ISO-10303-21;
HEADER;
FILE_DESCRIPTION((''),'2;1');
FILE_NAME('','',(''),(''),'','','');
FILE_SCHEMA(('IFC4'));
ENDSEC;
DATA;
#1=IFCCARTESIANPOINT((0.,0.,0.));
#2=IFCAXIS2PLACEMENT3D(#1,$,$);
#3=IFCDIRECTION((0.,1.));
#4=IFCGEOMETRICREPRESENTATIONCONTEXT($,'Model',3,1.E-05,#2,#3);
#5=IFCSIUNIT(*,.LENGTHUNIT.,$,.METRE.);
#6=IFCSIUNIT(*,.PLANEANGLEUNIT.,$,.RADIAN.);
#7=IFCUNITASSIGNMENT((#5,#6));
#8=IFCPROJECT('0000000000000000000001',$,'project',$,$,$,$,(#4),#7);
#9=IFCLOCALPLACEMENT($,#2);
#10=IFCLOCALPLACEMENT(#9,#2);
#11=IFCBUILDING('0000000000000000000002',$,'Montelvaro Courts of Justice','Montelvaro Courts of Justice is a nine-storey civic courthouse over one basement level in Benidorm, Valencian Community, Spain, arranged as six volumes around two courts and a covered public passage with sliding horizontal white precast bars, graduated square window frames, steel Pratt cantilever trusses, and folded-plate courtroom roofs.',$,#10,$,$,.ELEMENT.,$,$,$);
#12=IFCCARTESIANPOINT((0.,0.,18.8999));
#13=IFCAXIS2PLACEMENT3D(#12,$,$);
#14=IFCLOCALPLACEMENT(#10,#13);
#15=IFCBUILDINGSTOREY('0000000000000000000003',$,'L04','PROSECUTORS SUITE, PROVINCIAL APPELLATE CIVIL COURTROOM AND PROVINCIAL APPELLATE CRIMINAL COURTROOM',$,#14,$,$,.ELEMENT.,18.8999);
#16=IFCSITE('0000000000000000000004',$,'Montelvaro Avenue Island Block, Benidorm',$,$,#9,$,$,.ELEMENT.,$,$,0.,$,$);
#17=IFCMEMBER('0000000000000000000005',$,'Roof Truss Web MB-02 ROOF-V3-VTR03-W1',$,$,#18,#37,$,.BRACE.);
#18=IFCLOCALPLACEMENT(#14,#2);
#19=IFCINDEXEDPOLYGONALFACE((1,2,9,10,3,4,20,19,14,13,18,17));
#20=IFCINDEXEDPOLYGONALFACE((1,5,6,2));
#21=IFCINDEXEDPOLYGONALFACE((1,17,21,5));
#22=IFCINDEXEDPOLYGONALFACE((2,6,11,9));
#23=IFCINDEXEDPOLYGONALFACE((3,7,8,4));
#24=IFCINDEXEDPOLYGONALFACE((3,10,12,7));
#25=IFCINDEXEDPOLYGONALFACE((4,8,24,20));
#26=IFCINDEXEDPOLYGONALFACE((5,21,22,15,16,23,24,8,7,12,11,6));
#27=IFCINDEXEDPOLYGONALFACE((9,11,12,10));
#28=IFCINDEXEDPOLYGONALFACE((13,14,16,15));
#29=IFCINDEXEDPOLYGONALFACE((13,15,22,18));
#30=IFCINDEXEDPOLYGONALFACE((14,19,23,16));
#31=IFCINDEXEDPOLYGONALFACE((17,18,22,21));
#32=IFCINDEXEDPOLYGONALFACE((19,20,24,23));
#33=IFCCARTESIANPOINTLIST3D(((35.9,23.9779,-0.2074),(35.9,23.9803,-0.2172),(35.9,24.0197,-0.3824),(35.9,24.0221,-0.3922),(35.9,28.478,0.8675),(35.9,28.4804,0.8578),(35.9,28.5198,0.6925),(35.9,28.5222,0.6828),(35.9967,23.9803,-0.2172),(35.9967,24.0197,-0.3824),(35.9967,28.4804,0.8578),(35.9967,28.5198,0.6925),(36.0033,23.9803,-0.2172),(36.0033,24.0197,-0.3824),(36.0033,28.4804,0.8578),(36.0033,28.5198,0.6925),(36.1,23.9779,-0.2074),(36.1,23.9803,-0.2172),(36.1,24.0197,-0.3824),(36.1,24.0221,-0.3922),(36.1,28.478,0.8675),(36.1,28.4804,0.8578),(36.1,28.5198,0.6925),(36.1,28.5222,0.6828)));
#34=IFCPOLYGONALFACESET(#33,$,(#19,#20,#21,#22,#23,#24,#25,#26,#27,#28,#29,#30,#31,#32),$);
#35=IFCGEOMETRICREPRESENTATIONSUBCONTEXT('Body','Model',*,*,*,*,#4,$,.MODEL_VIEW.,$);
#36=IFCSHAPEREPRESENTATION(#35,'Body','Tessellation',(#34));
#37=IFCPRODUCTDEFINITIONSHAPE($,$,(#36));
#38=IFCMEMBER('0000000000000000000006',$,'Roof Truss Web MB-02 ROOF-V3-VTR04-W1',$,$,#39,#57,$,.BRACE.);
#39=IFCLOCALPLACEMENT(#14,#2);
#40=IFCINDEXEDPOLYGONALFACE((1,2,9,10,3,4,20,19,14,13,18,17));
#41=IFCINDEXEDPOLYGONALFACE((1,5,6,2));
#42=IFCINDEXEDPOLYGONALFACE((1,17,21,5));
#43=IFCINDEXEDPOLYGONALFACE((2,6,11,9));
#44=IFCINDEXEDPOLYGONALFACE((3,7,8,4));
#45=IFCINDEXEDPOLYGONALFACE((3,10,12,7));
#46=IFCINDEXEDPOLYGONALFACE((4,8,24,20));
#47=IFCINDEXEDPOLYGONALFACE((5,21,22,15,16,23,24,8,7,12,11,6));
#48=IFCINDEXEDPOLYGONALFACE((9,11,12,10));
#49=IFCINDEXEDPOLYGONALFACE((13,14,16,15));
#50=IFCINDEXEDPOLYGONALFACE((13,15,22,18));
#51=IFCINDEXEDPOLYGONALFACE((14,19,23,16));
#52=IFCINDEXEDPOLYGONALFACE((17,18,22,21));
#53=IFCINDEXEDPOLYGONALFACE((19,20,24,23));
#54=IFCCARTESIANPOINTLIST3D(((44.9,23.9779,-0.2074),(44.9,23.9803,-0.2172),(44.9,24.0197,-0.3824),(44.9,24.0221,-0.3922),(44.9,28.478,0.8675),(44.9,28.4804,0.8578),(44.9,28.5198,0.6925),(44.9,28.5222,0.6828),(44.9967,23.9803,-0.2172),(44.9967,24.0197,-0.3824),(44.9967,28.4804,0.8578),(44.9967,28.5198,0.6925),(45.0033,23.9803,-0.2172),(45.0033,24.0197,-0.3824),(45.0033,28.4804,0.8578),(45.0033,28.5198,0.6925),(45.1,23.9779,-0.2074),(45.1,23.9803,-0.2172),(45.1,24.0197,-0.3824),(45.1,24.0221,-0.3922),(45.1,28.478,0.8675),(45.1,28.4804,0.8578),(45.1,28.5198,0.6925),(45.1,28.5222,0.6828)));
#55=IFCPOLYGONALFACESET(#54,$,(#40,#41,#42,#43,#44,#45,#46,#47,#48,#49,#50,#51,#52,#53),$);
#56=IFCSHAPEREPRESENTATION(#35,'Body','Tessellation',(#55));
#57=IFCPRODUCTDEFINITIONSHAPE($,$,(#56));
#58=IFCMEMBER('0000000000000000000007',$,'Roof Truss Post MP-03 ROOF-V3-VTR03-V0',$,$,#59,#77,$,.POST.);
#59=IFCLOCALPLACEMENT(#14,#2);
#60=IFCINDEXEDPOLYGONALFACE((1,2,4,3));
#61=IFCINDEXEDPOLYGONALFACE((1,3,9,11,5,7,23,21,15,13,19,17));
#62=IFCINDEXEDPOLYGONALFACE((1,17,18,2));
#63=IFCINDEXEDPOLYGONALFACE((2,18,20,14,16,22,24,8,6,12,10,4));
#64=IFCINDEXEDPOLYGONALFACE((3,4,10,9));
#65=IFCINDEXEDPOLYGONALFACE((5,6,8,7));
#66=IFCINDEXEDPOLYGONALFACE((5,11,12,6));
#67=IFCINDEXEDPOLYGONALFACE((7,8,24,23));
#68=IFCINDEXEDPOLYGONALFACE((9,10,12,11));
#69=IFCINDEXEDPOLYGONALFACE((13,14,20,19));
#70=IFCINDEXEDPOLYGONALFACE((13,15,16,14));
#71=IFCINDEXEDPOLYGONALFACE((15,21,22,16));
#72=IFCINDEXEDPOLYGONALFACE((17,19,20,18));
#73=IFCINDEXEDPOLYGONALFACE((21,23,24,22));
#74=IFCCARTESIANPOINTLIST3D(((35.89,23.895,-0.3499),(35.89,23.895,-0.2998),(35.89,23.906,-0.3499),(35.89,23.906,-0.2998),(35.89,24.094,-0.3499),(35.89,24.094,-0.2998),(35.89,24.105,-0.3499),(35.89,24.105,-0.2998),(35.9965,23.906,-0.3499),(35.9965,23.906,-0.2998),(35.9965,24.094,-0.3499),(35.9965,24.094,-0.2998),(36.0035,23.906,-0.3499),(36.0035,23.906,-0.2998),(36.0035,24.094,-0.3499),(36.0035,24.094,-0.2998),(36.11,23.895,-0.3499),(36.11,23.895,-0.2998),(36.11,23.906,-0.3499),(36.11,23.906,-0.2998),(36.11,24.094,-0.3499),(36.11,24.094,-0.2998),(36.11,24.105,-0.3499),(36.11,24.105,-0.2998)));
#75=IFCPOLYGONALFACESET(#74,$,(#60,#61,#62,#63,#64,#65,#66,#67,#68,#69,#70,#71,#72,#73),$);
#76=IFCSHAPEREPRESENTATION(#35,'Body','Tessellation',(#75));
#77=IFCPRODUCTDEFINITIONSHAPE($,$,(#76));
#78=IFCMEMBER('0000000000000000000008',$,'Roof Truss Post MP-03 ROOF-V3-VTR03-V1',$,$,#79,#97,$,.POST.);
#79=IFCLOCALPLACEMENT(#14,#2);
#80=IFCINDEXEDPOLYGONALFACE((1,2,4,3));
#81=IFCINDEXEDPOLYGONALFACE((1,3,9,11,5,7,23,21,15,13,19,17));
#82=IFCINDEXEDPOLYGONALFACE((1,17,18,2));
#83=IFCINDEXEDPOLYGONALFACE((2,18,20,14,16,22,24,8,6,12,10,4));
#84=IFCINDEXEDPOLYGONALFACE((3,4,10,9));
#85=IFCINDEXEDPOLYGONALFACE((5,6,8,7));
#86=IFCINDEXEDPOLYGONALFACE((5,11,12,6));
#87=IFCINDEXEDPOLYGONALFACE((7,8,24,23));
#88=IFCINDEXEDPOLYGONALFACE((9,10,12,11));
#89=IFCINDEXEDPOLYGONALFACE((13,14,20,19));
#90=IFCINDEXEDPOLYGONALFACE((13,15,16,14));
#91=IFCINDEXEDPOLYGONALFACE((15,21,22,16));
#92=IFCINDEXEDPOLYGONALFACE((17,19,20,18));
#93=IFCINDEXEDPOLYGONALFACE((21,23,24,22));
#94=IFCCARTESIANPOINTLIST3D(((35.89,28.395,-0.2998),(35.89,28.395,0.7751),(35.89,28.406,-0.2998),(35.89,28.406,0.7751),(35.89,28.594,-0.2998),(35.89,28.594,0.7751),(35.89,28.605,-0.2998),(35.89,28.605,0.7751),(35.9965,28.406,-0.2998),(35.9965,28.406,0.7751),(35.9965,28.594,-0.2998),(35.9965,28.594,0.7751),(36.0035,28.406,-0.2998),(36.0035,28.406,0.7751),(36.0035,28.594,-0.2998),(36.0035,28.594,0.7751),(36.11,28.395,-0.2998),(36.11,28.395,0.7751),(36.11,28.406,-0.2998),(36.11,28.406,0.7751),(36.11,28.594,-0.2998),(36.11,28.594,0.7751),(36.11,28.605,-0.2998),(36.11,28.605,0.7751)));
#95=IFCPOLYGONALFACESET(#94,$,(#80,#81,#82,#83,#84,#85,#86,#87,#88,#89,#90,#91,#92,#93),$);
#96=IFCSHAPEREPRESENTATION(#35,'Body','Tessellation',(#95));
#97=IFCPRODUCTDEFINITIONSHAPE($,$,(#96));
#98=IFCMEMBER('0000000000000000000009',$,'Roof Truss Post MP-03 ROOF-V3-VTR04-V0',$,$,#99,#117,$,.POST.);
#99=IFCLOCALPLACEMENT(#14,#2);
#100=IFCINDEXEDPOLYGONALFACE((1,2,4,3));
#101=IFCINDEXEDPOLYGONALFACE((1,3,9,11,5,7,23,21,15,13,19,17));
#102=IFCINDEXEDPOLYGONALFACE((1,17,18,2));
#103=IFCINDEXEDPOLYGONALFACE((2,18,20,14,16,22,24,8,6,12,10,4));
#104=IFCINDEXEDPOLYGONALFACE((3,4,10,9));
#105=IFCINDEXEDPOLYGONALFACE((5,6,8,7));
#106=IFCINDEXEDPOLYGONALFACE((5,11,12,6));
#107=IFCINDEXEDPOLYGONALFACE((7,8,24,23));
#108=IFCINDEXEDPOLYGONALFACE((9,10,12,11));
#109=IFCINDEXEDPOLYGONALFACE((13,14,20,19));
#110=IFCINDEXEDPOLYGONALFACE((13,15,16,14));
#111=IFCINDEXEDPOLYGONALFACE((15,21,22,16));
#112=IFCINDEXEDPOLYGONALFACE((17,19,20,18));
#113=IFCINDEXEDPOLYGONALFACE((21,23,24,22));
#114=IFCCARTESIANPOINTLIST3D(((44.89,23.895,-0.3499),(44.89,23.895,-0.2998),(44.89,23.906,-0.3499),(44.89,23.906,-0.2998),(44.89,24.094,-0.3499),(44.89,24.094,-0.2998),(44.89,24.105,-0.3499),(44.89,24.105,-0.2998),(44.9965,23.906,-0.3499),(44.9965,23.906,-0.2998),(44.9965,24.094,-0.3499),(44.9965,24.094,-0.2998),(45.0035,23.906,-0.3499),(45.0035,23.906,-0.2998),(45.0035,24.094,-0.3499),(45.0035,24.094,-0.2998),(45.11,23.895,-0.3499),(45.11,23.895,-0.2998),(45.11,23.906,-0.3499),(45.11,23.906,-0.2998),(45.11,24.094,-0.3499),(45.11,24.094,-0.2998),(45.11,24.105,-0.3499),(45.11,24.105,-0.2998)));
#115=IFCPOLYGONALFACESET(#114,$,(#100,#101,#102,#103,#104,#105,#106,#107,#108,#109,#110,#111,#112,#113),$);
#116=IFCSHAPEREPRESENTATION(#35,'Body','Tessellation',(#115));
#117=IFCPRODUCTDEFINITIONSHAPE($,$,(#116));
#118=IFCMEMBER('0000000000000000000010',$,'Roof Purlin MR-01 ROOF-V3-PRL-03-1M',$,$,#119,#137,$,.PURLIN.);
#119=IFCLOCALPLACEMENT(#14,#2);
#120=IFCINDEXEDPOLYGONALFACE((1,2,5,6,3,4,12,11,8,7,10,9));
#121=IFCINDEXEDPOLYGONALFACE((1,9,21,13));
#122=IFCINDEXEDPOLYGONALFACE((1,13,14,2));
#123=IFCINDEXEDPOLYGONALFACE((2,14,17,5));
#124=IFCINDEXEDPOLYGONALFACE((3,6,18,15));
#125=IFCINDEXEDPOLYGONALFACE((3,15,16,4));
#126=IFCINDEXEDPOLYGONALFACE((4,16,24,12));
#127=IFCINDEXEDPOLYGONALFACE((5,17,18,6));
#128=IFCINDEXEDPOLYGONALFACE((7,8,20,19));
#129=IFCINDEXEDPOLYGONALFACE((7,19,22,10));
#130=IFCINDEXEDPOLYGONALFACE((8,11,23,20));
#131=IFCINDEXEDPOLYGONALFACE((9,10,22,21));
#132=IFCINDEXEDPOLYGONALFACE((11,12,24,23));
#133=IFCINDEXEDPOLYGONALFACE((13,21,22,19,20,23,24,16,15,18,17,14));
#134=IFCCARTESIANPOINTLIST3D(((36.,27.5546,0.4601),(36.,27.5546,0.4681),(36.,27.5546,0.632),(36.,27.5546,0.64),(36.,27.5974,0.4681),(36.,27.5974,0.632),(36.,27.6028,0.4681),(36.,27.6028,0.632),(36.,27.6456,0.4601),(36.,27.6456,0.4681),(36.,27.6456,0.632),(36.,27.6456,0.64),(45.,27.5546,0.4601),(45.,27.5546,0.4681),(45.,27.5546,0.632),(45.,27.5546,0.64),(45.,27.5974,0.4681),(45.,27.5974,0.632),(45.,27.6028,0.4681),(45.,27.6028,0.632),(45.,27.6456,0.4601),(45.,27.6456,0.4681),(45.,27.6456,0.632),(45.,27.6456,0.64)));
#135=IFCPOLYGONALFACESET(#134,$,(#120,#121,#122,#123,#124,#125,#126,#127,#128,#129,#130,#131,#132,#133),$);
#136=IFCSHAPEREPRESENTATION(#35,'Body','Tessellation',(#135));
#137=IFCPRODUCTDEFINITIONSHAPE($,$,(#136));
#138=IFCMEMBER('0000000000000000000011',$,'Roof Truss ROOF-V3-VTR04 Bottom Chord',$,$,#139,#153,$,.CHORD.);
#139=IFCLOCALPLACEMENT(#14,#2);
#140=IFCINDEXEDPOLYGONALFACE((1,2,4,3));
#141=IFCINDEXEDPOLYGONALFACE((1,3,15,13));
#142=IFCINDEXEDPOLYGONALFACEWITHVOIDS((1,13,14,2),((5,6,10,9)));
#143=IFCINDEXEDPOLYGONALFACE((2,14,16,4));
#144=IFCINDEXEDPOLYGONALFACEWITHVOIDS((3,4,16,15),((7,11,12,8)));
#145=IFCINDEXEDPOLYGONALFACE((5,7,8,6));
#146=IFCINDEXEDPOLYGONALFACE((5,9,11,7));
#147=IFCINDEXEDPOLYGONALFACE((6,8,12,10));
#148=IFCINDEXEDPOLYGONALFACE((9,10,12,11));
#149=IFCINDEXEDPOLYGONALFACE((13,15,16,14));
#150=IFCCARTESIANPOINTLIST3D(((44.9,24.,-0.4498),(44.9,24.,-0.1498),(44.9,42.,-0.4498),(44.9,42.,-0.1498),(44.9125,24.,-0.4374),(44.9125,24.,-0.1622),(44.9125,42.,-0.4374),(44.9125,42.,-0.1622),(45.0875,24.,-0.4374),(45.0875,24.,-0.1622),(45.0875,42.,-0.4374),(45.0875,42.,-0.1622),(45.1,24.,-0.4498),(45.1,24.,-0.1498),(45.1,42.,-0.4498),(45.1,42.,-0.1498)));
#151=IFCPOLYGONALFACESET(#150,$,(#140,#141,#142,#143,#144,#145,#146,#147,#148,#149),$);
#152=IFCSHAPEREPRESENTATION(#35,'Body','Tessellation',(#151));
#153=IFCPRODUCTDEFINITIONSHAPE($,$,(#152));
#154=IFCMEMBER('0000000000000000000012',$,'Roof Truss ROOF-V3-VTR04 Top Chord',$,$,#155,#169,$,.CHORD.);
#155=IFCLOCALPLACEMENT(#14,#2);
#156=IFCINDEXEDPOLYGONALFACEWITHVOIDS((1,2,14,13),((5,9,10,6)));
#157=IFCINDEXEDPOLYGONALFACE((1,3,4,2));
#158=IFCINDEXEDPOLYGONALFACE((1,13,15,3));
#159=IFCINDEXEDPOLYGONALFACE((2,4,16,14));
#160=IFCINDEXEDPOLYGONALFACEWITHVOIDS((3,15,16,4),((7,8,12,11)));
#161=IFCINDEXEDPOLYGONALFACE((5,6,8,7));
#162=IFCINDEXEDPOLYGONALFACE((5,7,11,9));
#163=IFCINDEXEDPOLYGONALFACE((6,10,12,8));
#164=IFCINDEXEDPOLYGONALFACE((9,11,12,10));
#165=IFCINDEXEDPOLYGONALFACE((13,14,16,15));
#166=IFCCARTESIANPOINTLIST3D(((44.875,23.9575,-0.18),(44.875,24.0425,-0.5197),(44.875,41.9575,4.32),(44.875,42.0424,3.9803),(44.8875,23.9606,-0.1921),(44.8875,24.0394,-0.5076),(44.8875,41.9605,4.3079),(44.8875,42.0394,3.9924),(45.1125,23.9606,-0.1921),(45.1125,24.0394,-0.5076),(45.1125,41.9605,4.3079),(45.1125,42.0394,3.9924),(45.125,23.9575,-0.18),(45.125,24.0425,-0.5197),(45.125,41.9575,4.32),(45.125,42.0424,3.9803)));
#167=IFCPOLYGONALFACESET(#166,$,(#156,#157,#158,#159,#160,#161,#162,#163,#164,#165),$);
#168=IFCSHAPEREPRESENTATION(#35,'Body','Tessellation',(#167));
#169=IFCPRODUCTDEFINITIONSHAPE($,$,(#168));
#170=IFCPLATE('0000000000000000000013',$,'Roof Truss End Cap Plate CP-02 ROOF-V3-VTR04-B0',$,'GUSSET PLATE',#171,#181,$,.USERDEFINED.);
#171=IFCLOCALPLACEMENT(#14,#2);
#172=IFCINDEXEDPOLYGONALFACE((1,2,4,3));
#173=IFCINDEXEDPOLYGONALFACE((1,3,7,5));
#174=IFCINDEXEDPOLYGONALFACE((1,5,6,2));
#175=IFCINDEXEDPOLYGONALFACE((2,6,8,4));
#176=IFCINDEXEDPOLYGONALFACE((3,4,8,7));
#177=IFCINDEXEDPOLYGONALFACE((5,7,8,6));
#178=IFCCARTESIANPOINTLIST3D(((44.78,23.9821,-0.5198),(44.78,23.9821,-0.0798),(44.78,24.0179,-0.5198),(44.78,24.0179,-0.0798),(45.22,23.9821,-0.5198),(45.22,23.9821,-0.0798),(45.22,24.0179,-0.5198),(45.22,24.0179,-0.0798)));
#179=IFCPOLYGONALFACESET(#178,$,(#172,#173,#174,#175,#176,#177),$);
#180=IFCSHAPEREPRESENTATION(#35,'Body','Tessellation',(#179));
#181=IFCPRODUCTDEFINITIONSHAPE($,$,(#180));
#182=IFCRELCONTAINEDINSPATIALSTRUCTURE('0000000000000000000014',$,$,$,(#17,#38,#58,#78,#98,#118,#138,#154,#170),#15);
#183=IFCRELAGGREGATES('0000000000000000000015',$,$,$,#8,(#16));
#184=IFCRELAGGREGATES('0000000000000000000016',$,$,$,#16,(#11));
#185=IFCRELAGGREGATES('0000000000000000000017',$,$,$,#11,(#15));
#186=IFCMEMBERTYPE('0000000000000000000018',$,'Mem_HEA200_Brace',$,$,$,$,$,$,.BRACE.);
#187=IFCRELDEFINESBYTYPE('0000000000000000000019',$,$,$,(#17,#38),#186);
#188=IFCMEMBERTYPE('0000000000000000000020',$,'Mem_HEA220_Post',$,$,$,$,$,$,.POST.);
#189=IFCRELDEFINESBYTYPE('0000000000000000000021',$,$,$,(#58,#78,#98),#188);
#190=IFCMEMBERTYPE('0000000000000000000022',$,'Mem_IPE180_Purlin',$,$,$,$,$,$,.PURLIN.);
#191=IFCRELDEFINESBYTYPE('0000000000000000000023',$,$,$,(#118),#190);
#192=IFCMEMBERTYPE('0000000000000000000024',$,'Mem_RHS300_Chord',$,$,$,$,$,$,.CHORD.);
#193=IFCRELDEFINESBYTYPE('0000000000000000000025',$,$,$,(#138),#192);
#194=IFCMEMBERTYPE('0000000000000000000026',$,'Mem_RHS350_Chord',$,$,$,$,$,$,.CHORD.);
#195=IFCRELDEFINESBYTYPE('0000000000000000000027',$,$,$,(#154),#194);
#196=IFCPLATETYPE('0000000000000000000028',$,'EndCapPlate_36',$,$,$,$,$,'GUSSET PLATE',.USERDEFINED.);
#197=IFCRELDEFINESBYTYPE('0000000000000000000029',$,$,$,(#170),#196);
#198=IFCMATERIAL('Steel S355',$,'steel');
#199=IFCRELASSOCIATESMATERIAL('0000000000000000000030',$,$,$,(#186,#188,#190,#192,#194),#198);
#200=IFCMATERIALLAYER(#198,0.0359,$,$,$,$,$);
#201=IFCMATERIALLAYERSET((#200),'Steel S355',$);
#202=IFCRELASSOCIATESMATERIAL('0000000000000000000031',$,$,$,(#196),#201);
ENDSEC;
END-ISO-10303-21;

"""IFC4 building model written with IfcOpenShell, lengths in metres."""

from ifc_helpers import new_model, si_unit, direction, frame, origin, origin_2d, place, context, subcontext, project, spatial, rectangle, hollow_rectangle, i_section, extrude, material, layer, layer_set, material_profile, profile_set, type_object, element, save


model = new_model("IFC4")

# Units and contexts
model_context = context("Model", 3, precision=1e-05, world=origin(), true_north=direction((0.0, 1.0)))
body_context = subcontext(model_context, "Body", "Model", "MODEL_VIEW")
ifc_project = project(units=[si_unit("LENGTHUNIT", "METRE"), si_unit("PLANEANGLEUNIT", "RADIAN")], contexts=[model_context])

# Site, building, storey
site_placement = place(None, origin())
site = spatial("IfcSite", under=ifc_project, at=site_placement, Name="Montelvaro Avenue Island Block, Benidorm", CompositionType="ELEMENT", RefElevation=0.0)
building_placement = place(site_placement, origin())
building = spatial("IfcBuilding", under=site, at=building_placement, Name="Montelvaro Courts of Justice", Description="Montelvaro Courts of Justice is a nine-storey civic courthouse over one basement level in Benidorm, Valencian Community, Spain, arranged as six volumes around two courts and a covered public passage with sliding horizontal white precast bars, graduated square window frames, steel Pratt cantilever trusses, and folded-plate courtroom roofs.", CompositionType="ELEMENT")
storey_placement = place(building_placement, frame((0.0, 0.0, 18.8999)))
storey = spatial("IfcBuildingStorey", under=building, at=storey_placement, Name="L04", Description="PROSECUTORS SUITE, PROVINCIAL APPELLATE CIVIL COURTROOM AND PROVINCIAL APPELLATE CRIMINAL COURTROOM", CompositionType="ELEMENT", Elevation=18.8999)

# Shared definitions
ifc_material_1 = material(Name="Steel S355", Category="steel")

# Members
ifc_material_profile_1 = material_profile(ifc_material_1, i_section(OverallWidth=0.2, OverallDepth=0.1899, WebThickness=0.0066, FlangeThickness=0.01, at=origin_2d()), Name="HEA 200")
ifc_profile_set_1 = profile_set([ifc_material_profile_1], Name="Steel S355")
member_type_1 = type_object("IfcMemberType", Name="Mem_HEA200_Brace", PredefinedType="BRACE", material=ifc_profile_set_1)
for number, where, z_axis, x_axis, name in (
    (1, (36.0, 24.0, -0.2998), (0.0, 0.972634, 0.232341), (-1.0, 0.0, 0.0), "Roof Truss Web MB-02 ROOF-V3-VTR03-W1"),
    (2, (45.0, 24.0, -0.2998), (0.0, 0.972634, 0.232341), (-1.0, 0.0, 0.0), "Roof Truss Web MB-02 ROOF-V3-VTR04-W1"),
):
    element("IfcMember", number, at=place(storey_placement, frame(where, z_axis=z_axis, x_axis=x_axis)), inside=storey, type_object=member_type_1, Name=name, PredefinedType="BRACE", context=body_context, shape_type="SweptSolid", body=[
        extrude(i_section(OverallWidth=0.2, OverallDepth=0.1899, WebThickness=0.0066, FlangeThickness=0.01, at=origin_2d()), origin(), (0.0, 0.0, 1.0), 4.6267),
    ])
ifc_material_profile_2 = material_profile(ifc_material_1, i_section(OverallWidth=0.22, OverallDepth=0.21, WebThickness=0.0071, FlangeThickness=0.011, at=origin_2d()), Name="HEA 220")
ifc_profile_set_2 = profile_set([ifc_material_profile_2], Name="Steel S355")
member_type_2 = type_object("IfcMemberType", Name="Mem_HEA220_Post", PredefinedType="POST", material=ifc_profile_set_2)
member_1_placement = place(storey_placement, frame((36.0, 24.0, -0.2998), z_axis=(0.0, 0.0, -1.0), x_axis=(1.0, 0.0, 0.0)))
element("IfcMember", 3, at=member_1_placement, inside=storey, type_object=member_type_2, Name="Roof Truss Post MP-03 ROOF-V3-VTR03-V0", PredefinedType="POST", context=body_context, shape_type="SweptSolid", body=[
    extrude(i_section(OverallWidth=0.22, OverallDepth=0.21, WebThickness=0.0071, FlangeThickness=0.011, at=origin_2d()), origin(), (0.0, 0.0, 1.0), 0.05),
])
member_2_placement = place(storey_placement, frame((36.0, 28.5, -0.2998), z_axis=(0.0, 0.0, 1.0), x_axis=(1.0, 0.0, 0.0)))
element("IfcMember", 4, at=member_2_placement, inside=storey, type_object=member_type_2, Name="Roof Truss Post MP-03 ROOF-V3-VTR03-V1", PredefinedType="POST", context=body_context, shape_type="SweptSolid", body=[
    extrude(i_section(OverallWidth=0.22, OverallDepth=0.21, WebThickness=0.0071, FlangeThickness=0.011, at=origin_2d()), origin(), (0.0, 0.0, 1.0), 1.075),
])
member_3_placement = place(storey_placement, frame((45.0, 24.0, -0.2998), z_axis=(0.0, 0.0, -1.0), x_axis=(1.0, 0.0, 0.0)))
element("IfcMember", 5, at=member_3_placement, inside=storey, type_object=member_type_2, Name="Roof Truss Post MP-03 ROOF-V3-VTR04-V0", PredefinedType="POST", context=body_context, shape_type="SweptSolid", body=[
    extrude(i_section(OverallWidth=0.22, OverallDepth=0.21, WebThickness=0.0071, FlangeThickness=0.011, at=origin_2d()), origin(), (0.0, 0.0, 1.0), 0.05),
])
ifc_material_profile_3 = material_profile(ifc_material_1, i_section(OverallWidth=0.0911, OverallDepth=0.1799, WebThickness=0.0054, FlangeThickness=0.0081, at=origin_2d()), Name="IPE 180")
ifc_profile_set_3 = profile_set([ifc_material_profile_3], Name="Steel S355")
member_type_3 = type_object("IfcMemberType", Name="Mem_IPE180_Purlin", PredefinedType="PURLIN", material=ifc_profile_set_3)
member_4_placement = place(storey_placement, frame((36.0, 27.6001, 0.55), z_axis=(1.0, 0.0, 0.0), x_axis=(0.0, 1.0, 0.0)))
element("IfcMember", 6, at=member_4_placement, inside=storey, type_object=member_type_3, Name="Roof Purlin MR-01 ROOF-V3-PRL-03-1M", PredefinedType="PURLIN", context=body_context, shape_type="SweptSolid", body=[
    extrude(i_section(OverallWidth=0.0911, OverallDepth=0.1799, WebThickness=0.0054, FlangeThickness=0.0081, at=origin_2d()), origin(), (0.0, 0.0, 1.0), 9.0),
])
ifc_material_profile_4 = material_profile(ifc_material_1, hollow_rectangle(XDim=0.2, YDim=0.3, WallThickness=0.0125, at=origin_2d()), Name="RHS 300x200x12.5")
ifc_profile_set_4 = profile_set([ifc_material_profile_4], Name="Steel S355")
member_type_4 = type_object("IfcMemberType", Name="Mem_RHS300_Chord", PredefinedType="CHORD", material=ifc_profile_set_4)
member_5_placement = place(storey_placement, frame((45.0, 24.0, -0.2998), z_axis=(0.0, 1.0, 0.0), x_axis=(-1.0, 0.0, 0.0)))
element("IfcMember", 7, at=member_5_placement, inside=storey, type_object=member_type_4, Name="Roof Truss ROOF-V3-VTR04 Bottom Chord", PredefinedType="CHORD", context=body_context, shape_type="SweptSolid", body=[
    extrude(hollow_rectangle(XDim=0.2, YDim=0.3, WallThickness=0.0125, at=origin_2d()), origin(), (0.0, 0.0, 1.0), 18.0),
])
ifc_material_profile_5 = material_profile(ifc_material_1, hollow_rectangle(XDim=0.25, YDim=0.3501, WallThickness=0.0125, at=origin_2d()), Name="RHS 350x250x12.5")
ifc_profile_set_5 = profile_set([ifc_material_profile_5], Name="Steel S355")
member_type_5 = type_object("IfcMemberType", Name="Mem_RHS350_Chord", PredefinedType="CHORD", material=ifc_profile_set_5)
member_6_placement = place(storey_placement, frame((45.0, 24.0, -0.3499), z_axis=(0.0, 0.970143, 0.242536), x_axis=(-1.0, 0.0, 0.0)))
element("IfcMember", 8, at=member_6_placement, inside=storey, type_object=member_type_5, Name="Roof Truss ROOF-V3-VTR04 Top Chord", PredefinedType="CHORD", context=body_context, shape_type="SweptSolid", body=[
    extrude(hollow_rectangle(XDim=0.25, YDim=0.3501, WallThickness=0.0125, at=origin_2d()), origin(), (0.0, 0.0, 1.0), 18.554),
])

# Plate
ifc_layer_1 = layer(ifc_material_1, 0.0359)
ifc_layer_set_1 = layer_set([ifc_layer_1], Name="Steel S355")
plate_type_1 = type_object("IfcPlateType", Name="EndCapPlate_36", ElementType="GUSSET PLATE", PredefinedType="USERDEFINED", material=ifc_layer_set_1)
plate_1_placement = place(storey_placement, frame((45.0, 24.0, -0.5198), z_axis=(0.0, 0.0, 1.0), x_axis=(1.0, 0.0, 0.0)))
element("IfcPlate", 9, at=plate_1_placement, inside=storey, type_object=plate_type_1, Name="Roof Truss End Cap Plate CP-02 ROOF-V3-VTR04-B0", ObjectType="GUSSET PLATE", PredefinedType="USERDEFINED", context=body_context, shape_type="SweptSolid", body=[
    extrude(rectangle(XDim=0.4399, YDim=0.0359, at=origin_2d()), origin(), (0.0, 0.0, 1.0), 0.4399),
])

save(model, "model.ifc")
